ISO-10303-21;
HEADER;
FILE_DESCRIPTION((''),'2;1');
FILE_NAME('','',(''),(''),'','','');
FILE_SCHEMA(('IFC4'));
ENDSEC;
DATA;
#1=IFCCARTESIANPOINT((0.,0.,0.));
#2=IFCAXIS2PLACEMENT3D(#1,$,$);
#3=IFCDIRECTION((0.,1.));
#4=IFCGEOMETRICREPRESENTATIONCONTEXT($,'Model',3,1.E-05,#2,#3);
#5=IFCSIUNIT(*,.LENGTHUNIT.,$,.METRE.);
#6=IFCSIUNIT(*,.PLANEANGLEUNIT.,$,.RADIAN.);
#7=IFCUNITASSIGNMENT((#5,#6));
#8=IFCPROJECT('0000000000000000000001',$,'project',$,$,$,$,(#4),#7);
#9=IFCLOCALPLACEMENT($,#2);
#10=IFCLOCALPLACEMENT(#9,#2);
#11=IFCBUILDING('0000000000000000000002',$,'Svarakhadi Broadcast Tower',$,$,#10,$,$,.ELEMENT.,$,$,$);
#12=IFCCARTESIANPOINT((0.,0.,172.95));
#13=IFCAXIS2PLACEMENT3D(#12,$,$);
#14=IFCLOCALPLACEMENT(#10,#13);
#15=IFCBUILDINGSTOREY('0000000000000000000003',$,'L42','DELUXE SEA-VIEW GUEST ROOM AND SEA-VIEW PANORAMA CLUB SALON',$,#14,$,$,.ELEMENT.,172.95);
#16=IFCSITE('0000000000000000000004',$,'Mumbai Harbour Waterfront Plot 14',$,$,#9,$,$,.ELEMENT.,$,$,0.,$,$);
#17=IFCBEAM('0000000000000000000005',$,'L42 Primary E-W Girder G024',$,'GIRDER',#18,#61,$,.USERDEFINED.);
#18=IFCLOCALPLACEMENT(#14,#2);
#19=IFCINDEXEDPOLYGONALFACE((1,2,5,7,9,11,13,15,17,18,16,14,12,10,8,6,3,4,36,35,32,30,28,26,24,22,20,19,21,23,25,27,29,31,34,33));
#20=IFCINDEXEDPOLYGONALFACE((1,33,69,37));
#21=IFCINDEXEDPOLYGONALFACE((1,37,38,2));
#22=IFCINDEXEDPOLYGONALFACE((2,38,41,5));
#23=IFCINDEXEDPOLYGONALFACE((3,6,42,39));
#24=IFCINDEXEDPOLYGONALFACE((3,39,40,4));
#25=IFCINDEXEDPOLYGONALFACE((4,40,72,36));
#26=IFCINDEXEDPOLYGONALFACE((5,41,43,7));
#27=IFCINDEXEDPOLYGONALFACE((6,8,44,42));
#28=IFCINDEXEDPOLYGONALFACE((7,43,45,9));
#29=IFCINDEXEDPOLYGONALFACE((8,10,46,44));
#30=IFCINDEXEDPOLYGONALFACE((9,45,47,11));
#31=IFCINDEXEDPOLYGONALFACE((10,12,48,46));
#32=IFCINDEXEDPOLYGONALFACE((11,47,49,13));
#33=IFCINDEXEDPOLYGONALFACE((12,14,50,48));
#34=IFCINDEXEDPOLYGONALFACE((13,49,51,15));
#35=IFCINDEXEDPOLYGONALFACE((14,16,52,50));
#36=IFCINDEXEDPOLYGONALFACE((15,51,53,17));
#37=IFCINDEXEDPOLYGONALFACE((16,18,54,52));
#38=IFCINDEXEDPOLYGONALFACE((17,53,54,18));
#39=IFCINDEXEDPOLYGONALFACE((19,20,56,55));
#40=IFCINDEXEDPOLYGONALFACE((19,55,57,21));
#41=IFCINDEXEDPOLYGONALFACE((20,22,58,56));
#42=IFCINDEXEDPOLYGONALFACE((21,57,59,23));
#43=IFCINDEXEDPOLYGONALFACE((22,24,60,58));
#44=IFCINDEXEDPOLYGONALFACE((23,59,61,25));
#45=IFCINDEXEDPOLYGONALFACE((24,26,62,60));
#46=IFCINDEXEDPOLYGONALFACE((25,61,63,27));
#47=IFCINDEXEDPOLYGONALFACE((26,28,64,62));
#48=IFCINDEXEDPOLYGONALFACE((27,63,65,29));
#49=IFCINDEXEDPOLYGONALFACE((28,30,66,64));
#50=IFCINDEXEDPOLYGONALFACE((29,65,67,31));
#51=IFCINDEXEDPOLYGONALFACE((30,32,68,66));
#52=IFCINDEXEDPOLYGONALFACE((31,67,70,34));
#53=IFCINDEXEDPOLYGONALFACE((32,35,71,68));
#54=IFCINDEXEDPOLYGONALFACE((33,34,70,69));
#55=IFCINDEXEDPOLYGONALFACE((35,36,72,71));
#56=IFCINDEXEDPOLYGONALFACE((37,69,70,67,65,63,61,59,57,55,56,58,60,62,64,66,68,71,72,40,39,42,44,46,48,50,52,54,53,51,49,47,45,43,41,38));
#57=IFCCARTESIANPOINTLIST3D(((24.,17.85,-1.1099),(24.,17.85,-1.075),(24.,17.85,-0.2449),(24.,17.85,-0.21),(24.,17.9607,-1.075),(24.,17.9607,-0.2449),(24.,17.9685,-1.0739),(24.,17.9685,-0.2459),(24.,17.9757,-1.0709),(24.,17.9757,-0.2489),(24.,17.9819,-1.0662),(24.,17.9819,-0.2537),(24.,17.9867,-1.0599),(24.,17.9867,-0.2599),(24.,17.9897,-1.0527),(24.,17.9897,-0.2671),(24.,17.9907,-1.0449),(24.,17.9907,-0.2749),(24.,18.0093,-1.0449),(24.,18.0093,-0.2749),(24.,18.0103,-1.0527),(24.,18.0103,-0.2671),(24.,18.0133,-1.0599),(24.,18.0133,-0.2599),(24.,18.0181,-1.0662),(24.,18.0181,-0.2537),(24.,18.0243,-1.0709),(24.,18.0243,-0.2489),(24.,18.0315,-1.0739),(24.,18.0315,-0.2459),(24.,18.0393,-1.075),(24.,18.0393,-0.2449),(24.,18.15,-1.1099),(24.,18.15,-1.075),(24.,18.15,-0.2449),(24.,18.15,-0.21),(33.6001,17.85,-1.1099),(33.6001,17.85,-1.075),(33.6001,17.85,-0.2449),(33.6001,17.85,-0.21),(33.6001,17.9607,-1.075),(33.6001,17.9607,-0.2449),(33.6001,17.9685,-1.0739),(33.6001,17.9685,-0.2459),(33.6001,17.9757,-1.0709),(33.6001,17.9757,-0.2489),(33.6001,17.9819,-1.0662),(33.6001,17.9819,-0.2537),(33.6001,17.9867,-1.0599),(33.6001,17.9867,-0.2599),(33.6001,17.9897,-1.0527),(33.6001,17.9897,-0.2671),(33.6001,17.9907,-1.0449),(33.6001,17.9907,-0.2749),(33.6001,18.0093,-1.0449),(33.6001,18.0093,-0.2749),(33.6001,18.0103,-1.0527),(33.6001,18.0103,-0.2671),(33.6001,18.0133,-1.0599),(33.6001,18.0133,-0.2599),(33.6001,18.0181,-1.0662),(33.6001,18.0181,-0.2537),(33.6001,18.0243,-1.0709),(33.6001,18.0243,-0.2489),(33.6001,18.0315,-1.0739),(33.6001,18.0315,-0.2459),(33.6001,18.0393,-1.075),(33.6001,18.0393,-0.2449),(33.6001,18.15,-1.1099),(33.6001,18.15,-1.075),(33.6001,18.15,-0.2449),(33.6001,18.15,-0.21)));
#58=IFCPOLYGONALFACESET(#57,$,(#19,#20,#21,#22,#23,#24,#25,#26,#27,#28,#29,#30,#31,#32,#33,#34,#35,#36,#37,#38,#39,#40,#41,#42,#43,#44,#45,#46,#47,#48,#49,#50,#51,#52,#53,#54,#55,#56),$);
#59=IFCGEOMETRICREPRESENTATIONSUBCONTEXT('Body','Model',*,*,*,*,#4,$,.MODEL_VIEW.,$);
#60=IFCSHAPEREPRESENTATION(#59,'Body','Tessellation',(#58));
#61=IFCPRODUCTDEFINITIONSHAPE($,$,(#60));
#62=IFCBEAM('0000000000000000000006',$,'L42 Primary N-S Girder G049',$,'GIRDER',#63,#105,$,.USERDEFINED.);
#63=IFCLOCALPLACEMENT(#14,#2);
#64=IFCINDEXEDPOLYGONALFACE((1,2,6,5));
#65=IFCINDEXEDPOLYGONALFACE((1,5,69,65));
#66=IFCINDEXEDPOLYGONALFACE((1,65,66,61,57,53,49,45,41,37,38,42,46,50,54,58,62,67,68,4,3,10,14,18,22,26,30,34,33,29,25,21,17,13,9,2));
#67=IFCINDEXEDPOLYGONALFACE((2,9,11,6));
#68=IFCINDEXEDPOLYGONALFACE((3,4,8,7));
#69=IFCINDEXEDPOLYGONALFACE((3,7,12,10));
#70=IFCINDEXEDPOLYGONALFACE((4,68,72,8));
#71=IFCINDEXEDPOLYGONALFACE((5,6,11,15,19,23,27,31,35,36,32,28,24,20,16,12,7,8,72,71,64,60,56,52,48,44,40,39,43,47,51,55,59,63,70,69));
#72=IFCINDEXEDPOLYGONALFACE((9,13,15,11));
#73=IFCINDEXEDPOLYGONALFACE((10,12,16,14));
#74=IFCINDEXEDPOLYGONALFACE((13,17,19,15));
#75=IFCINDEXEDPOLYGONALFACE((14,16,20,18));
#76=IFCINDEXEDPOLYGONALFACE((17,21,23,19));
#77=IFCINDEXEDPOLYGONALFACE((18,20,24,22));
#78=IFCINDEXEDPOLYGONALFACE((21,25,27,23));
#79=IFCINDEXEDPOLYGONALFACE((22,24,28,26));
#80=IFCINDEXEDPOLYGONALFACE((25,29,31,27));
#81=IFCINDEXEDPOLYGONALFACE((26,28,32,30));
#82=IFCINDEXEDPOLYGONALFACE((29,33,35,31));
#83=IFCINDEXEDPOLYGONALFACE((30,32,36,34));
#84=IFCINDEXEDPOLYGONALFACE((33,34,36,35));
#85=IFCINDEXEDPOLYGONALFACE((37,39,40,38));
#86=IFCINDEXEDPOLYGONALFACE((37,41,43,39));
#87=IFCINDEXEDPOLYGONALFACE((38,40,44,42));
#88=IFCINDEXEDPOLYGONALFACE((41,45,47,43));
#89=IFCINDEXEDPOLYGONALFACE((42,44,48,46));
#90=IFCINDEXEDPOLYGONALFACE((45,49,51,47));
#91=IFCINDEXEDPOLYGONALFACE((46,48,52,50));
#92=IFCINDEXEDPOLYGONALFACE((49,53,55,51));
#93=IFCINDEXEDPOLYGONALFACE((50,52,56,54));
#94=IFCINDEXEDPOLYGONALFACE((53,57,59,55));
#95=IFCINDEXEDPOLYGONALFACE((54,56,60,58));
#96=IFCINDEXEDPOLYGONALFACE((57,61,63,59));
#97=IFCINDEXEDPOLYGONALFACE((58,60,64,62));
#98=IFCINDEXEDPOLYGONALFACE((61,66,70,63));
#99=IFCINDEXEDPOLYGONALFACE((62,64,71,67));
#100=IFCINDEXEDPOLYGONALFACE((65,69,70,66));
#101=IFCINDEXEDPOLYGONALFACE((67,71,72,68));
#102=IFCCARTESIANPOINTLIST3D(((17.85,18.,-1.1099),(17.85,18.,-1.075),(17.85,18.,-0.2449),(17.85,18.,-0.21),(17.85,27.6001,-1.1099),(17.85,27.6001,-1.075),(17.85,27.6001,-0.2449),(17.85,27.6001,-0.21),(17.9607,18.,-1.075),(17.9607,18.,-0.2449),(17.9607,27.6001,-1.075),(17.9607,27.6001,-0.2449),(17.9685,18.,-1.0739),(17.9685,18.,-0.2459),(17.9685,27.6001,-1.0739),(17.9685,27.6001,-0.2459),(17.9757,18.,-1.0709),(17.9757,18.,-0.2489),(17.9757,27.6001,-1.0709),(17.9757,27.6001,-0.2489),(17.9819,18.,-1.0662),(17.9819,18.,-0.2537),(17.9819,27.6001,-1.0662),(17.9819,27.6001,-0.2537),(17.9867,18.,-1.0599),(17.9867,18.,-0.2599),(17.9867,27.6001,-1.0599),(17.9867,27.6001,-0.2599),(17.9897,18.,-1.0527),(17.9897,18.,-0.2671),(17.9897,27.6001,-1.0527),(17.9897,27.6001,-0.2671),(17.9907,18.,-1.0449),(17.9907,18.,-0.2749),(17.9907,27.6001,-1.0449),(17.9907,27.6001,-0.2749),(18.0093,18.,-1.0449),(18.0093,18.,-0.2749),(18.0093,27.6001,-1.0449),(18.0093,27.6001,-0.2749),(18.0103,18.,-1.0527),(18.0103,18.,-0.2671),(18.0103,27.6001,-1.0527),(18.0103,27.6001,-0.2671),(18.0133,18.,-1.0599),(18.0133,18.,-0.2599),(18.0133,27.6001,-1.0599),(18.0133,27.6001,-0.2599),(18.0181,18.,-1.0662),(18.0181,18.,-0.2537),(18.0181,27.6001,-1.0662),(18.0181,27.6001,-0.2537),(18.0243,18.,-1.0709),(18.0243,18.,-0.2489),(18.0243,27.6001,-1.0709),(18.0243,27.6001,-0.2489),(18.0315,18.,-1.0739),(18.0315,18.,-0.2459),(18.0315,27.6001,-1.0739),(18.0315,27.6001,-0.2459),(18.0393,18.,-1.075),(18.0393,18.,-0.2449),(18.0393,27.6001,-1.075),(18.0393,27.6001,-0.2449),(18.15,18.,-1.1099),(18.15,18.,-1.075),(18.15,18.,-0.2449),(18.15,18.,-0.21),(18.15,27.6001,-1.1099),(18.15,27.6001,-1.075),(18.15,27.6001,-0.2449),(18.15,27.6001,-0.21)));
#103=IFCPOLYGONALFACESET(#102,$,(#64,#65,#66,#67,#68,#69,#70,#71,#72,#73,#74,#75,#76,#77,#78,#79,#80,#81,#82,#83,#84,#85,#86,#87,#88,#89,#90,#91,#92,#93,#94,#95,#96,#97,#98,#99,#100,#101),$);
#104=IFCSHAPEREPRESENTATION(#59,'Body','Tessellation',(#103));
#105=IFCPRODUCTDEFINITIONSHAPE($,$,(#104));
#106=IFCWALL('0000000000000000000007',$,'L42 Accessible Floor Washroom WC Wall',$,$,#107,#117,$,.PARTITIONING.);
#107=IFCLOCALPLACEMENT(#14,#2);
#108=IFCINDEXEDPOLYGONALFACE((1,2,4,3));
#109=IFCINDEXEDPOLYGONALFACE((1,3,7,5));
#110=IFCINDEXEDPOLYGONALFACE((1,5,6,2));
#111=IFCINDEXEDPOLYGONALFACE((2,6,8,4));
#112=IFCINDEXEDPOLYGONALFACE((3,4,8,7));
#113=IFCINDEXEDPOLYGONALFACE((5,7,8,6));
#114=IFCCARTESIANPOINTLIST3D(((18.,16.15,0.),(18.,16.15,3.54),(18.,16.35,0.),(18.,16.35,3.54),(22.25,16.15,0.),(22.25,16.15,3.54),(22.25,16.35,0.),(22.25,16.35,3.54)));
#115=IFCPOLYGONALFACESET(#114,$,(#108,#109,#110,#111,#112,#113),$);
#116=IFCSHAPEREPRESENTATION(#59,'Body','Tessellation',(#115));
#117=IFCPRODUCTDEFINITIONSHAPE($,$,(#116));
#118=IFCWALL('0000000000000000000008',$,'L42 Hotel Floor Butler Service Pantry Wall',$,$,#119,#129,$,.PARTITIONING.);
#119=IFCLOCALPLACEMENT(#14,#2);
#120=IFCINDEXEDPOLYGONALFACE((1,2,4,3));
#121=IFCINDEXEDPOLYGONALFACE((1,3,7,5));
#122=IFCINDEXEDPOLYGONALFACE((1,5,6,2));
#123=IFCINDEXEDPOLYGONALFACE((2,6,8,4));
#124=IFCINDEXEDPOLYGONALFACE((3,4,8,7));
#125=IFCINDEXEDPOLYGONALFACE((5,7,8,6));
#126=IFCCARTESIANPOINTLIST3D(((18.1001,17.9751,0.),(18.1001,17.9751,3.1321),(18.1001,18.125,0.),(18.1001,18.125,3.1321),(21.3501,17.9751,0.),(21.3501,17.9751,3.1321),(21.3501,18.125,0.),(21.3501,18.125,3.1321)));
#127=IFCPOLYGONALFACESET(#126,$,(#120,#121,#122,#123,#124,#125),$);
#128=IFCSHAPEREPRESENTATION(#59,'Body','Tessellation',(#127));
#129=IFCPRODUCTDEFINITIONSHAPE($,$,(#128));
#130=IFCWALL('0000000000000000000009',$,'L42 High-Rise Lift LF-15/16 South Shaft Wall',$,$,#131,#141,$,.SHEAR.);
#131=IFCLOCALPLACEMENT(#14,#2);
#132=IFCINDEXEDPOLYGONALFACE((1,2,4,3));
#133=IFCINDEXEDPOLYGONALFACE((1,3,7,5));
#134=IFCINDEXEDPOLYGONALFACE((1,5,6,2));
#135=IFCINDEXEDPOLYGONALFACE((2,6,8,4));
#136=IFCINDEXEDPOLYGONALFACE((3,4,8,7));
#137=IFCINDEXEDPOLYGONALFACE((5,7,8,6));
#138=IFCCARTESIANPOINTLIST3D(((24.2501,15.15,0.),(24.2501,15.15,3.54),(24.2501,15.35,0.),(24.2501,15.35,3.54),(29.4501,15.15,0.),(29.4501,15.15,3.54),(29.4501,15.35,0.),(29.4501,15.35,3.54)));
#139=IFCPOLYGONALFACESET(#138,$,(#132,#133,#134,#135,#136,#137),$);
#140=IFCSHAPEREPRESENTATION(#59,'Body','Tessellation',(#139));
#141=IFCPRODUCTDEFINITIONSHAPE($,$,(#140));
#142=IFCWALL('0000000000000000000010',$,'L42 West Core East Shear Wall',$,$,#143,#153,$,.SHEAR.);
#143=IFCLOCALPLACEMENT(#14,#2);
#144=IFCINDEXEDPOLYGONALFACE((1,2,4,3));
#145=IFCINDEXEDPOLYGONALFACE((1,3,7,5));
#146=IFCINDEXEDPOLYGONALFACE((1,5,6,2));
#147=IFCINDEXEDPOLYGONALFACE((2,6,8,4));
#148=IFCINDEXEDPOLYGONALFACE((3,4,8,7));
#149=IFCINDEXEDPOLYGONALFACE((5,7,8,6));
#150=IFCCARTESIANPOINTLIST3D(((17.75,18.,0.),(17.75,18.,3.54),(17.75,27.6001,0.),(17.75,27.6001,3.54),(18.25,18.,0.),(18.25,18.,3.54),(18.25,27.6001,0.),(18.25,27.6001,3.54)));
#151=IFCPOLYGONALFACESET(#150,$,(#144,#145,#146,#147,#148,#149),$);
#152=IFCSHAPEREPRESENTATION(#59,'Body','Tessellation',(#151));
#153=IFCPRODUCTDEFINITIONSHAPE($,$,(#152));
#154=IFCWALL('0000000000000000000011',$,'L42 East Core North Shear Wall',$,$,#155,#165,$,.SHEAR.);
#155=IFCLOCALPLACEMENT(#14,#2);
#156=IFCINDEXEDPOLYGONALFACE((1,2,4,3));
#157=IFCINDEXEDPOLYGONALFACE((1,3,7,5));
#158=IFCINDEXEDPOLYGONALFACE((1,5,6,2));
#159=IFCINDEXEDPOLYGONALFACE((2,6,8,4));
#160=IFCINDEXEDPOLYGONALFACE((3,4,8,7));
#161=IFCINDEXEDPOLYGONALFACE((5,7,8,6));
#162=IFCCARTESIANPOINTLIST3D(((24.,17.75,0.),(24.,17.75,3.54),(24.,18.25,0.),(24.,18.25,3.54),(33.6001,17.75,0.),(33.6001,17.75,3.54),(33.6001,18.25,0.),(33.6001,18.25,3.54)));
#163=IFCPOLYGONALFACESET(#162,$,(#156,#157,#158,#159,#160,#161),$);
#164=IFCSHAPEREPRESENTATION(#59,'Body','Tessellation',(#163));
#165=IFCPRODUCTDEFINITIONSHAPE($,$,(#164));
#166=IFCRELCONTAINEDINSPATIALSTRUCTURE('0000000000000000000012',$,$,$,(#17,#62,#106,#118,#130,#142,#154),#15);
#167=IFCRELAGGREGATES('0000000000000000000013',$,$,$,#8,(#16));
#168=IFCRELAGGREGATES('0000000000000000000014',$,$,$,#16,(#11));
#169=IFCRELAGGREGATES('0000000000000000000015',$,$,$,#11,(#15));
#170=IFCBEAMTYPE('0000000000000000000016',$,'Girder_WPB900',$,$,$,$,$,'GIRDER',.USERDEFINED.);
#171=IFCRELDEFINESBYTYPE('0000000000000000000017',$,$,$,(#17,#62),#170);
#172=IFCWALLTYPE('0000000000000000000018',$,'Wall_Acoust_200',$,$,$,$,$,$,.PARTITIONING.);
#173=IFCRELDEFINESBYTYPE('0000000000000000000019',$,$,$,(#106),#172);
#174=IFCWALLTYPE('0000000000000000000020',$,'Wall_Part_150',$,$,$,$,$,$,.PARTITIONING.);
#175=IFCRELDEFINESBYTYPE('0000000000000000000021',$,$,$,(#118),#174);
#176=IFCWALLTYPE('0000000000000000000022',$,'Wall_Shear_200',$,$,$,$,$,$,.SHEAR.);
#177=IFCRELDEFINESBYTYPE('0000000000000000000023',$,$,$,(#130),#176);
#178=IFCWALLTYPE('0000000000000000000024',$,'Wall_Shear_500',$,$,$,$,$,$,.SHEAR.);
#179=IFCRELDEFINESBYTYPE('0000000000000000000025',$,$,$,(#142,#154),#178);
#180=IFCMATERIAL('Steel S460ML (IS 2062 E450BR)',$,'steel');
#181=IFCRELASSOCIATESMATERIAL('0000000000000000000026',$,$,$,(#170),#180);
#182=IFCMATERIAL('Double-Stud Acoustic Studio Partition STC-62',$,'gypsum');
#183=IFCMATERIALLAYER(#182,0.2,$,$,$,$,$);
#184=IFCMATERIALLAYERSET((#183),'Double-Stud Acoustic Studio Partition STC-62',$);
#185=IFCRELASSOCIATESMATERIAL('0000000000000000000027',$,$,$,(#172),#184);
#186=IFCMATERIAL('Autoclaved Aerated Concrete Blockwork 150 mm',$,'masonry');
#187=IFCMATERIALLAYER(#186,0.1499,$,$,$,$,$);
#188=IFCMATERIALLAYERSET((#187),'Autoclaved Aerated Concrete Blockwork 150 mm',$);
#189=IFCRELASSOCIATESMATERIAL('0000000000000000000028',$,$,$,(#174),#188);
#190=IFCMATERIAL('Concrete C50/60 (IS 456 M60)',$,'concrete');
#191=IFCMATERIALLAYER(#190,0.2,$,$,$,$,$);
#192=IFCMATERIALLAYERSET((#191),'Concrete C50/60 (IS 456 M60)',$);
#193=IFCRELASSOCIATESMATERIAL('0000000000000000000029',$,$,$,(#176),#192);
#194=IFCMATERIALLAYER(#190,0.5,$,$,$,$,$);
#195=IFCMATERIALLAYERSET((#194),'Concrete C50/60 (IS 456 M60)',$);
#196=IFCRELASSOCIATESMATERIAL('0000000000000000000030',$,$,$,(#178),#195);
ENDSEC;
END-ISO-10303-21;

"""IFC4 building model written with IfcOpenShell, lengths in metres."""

from ifc_helpers import new_model, si_unit, direction, frame, frame_2d, origin, origin_2d, place, context, subcontext, project, spatial, rectangle, i_section, extrude, material, layer, layer_set, material_profile, profile_set, type_object, element, save


model = new_model("IFC4")

# Units and contexts
model_context = context("Model", 3, precision=1e-05, world=origin(), true_north=direction((0.0, 1.0)))
body_context = subcontext(model_context, "Body", "Model", "MODEL_VIEW")
ifc_project = project(units=[si_unit("LENGTHUNIT", "METRE"), si_unit("PLANEANGLEUNIT", "RADIAN")], contexts=[model_context])

# Site, building, storey
site_placement = place(None, origin())
site = spatial("IfcSite", under=ifc_project, at=site_placement, Name="Mumbai Harbour Waterfront Plot 14", CompositionType="ELEMENT", RefElevation=0.0)
building_placement = place(site_placement, origin())
building = spatial("IfcBuilding", under=site, at=building_placement, Name="Svarakhadi Broadcast Tower", CompositionType="ELEMENT")
storey_placement = place(building_placement, frame((0.0, 0.0, 172.95)))
storey = spatial("IfcBuildingStorey", under=building, at=storey_placement, Name="L42", Description="DELUXE SEA-VIEW GUEST ROOM AND SEA-VIEW PANORAMA CLUB SALON", CompositionType="ELEMENT", Elevation=172.95)

# Shared definitions
ifc_material_1 = material(Name="Concrete C50/60 (IS 456 M60)", Category="concrete")

# Beams
ifc_material_2 = material(Name="Steel S460ML (IS 2062 E450BR)", Category="steel")
ifc_material_profile_1 = material_profile(ifc_material_2, i_section(OverallWidth=0.3, OverallDepth=0.8999, WebThickness=0.0186, FlangeThickness=0.0349, FilletRadius=0.03, at=origin_2d()), Name="WPB 900x300x291")
ifc_profile_set_1 = profile_set([ifc_material_profile_1], Name="Steel S460ML (IS 2062 E450BR)")
beam_type_1 = type_object("IfcBeamType", Name="Girder_WPB900", ElementType="GIRDER", PredefinedType="USERDEFINED", material=ifc_profile_set_1)
for number, where, z_axis, x_axis, name in (
    (1, (24.0, 18.0, -0.6599), (1.0, 0.0, 0.0), (0.0, 1.0, 0.0), "L42 Primary E-W Girder G024"),
    (2, (18.0, 18.0, -0.6599), (0.0, 1.0, 0.0), (-1.0, 0.0, 0.0), "L42 Primary N-S Girder G049"),
):
    element("IfcBeam", number, at=place(storey_placement, frame(where, z_axis=z_axis, x_axis=x_axis)), inside=storey, type_object=beam_type_1, Name=name, ObjectType="GIRDER", PredefinedType="USERDEFINED", context=body_context, shape_type="SweptSolid", body=[
        extrude(i_section(OverallWidth=0.3, OverallDepth=0.8999, WebThickness=0.0186, FlangeThickness=0.0349, FilletRadius=0.03, at=origin_2d()), origin(), (0.0, 0.0, 1.0), 9.6001),
    ])

# Walls
ifc_material_3 = material(Name="Double-Stud Acoustic Studio Partition STC-62", Category="gypsum")
ifc_layer_1 = layer(ifc_material_3, 0.2)
ifc_layer_set_1 = layer_set([ifc_layer_1], Name="Double-Stud Acoustic Studio Partition STC-62")
wall_type_1 = type_object("IfcWallType", Name="Wall_Acoust_200", PredefinedType="PARTITIONING", material=ifc_layer_set_1)
wall_1_placement = place(storey_placement, frame((18.0, 16.25, 0.0), z_axis=(0.0, 0.0, 1.0), x_axis=(1.0, 0.0, 0.0)))
element("IfcWall", 3, at=wall_1_placement, inside=storey, type_object=wall_type_1, Name="L42 Accessible Floor Washroom WC Wall", PredefinedType="PARTITIONING", context=body_context, shape_type="SweptSolid", body=[
    extrude(rectangle(XDim=4.25, YDim=0.2, at=frame_2d((2.125, 0.0))), origin(), (0.0, 0.0, 1.0), 3.54),
])
ifc_material_4 = material(Name="Autoclaved Aerated Concrete Blockwork 150 mm", Category="masonry")
ifc_layer_2 = layer(ifc_material_4, 0.1499)
ifc_layer_set_2 = layer_set([ifc_layer_2], Name="Autoclaved Aerated Concrete Blockwork 150 mm")
wall_type_2 = type_object("IfcWallType", Name="Wall_Part_150", PredefinedType="PARTITIONING", material=ifc_layer_set_2)
wall_2_placement = place(storey_placement, frame((18.1001, 18.05, 0.0), z_axis=(0.0, 0.0, 1.0), x_axis=(1.0, 0.0, 0.0)))
element("IfcWall", 4, at=wall_2_placement, inside=storey, type_object=wall_type_2, Name="L42 Hotel Floor Butler Service Pantry Wall", PredefinedType="PARTITIONING", context=body_context, shape_type="SweptSolid", body=[
    extrude(rectangle(XDim=3.25, YDim=0.1499, at=frame_2d((1.625, 0.0))), origin(), (0.0, 0.0, 1.0), 3.1321),
])

# Shared definitions
ifc_layer_3 = layer(ifc_material_1, 0.2)
ifc_layer_set_3 = layer_set([ifc_layer_3], Name="Concrete C50/60 (IS 456 M60)")
wall_type_3 = type_object("IfcWallType", Name="Wall_Shear_200", PredefinedType="SHEAR", material=ifc_layer_set_3)

# Walls
wall_3_placement = place(storey_placement, frame((24.25, 15.25, 0.0), z_axis=(0.0, 0.0, 1.0), x_axis=(1.0, 0.0, 0.0)))
element("IfcWall", 5, at=wall_3_placement, inside=storey, type_object=wall_type_3, Name="L42 High-Rise Lift LF-15/16 South Shaft Wall", PredefinedType="SHEAR", context=body_context, shape_type="SweptSolid", body=[
    extrude(rectangle(XDim=5.2, YDim=0.2, at=frame_2d((2.6001, 0.0))), origin(), (0.0, 0.0, 1.0), 3.54),
])
ifc_layer_4 = layer(ifc_material_1, 0.5)
ifc_layer_set_4 = layer_set([ifc_layer_4], Name="Concrete C50/60 (IS 456 M60)")
wall_type_4 = type_object("IfcWallType", Name="Wall_Shear_500", PredefinedType="SHEAR", material=ifc_layer_set_4)
for number, where, z_axis, x_axis, name in (
    (6, (18.0, 18.0, 0.0), (0.0, 0.0, 1.0), (0.0, 1.0, 0.0), "L42 West Core East Shear Wall"),
    (7, (24.0, 18.0, 0.0), (0.0, 0.0, 1.0), (1.0, 0.0, 0.0), "L42 East Core North Shear Wall"),
):
    element("IfcWall", number, at=place(storey_placement, frame(where, z_axis=z_axis, x_axis=x_axis)), inside=storey, type_object=wall_type_4, Name=name, PredefinedType="SHEAR", context=body_context, shape_type="SweptSolid", body=[
        extrude(rectangle(XDim=9.6001, YDim=0.5, at=frame_2d((4.8, 0.0))), origin(), (0.0, 0.0, 1.0), 3.54),
    ])

save(model, "model.ifc")
